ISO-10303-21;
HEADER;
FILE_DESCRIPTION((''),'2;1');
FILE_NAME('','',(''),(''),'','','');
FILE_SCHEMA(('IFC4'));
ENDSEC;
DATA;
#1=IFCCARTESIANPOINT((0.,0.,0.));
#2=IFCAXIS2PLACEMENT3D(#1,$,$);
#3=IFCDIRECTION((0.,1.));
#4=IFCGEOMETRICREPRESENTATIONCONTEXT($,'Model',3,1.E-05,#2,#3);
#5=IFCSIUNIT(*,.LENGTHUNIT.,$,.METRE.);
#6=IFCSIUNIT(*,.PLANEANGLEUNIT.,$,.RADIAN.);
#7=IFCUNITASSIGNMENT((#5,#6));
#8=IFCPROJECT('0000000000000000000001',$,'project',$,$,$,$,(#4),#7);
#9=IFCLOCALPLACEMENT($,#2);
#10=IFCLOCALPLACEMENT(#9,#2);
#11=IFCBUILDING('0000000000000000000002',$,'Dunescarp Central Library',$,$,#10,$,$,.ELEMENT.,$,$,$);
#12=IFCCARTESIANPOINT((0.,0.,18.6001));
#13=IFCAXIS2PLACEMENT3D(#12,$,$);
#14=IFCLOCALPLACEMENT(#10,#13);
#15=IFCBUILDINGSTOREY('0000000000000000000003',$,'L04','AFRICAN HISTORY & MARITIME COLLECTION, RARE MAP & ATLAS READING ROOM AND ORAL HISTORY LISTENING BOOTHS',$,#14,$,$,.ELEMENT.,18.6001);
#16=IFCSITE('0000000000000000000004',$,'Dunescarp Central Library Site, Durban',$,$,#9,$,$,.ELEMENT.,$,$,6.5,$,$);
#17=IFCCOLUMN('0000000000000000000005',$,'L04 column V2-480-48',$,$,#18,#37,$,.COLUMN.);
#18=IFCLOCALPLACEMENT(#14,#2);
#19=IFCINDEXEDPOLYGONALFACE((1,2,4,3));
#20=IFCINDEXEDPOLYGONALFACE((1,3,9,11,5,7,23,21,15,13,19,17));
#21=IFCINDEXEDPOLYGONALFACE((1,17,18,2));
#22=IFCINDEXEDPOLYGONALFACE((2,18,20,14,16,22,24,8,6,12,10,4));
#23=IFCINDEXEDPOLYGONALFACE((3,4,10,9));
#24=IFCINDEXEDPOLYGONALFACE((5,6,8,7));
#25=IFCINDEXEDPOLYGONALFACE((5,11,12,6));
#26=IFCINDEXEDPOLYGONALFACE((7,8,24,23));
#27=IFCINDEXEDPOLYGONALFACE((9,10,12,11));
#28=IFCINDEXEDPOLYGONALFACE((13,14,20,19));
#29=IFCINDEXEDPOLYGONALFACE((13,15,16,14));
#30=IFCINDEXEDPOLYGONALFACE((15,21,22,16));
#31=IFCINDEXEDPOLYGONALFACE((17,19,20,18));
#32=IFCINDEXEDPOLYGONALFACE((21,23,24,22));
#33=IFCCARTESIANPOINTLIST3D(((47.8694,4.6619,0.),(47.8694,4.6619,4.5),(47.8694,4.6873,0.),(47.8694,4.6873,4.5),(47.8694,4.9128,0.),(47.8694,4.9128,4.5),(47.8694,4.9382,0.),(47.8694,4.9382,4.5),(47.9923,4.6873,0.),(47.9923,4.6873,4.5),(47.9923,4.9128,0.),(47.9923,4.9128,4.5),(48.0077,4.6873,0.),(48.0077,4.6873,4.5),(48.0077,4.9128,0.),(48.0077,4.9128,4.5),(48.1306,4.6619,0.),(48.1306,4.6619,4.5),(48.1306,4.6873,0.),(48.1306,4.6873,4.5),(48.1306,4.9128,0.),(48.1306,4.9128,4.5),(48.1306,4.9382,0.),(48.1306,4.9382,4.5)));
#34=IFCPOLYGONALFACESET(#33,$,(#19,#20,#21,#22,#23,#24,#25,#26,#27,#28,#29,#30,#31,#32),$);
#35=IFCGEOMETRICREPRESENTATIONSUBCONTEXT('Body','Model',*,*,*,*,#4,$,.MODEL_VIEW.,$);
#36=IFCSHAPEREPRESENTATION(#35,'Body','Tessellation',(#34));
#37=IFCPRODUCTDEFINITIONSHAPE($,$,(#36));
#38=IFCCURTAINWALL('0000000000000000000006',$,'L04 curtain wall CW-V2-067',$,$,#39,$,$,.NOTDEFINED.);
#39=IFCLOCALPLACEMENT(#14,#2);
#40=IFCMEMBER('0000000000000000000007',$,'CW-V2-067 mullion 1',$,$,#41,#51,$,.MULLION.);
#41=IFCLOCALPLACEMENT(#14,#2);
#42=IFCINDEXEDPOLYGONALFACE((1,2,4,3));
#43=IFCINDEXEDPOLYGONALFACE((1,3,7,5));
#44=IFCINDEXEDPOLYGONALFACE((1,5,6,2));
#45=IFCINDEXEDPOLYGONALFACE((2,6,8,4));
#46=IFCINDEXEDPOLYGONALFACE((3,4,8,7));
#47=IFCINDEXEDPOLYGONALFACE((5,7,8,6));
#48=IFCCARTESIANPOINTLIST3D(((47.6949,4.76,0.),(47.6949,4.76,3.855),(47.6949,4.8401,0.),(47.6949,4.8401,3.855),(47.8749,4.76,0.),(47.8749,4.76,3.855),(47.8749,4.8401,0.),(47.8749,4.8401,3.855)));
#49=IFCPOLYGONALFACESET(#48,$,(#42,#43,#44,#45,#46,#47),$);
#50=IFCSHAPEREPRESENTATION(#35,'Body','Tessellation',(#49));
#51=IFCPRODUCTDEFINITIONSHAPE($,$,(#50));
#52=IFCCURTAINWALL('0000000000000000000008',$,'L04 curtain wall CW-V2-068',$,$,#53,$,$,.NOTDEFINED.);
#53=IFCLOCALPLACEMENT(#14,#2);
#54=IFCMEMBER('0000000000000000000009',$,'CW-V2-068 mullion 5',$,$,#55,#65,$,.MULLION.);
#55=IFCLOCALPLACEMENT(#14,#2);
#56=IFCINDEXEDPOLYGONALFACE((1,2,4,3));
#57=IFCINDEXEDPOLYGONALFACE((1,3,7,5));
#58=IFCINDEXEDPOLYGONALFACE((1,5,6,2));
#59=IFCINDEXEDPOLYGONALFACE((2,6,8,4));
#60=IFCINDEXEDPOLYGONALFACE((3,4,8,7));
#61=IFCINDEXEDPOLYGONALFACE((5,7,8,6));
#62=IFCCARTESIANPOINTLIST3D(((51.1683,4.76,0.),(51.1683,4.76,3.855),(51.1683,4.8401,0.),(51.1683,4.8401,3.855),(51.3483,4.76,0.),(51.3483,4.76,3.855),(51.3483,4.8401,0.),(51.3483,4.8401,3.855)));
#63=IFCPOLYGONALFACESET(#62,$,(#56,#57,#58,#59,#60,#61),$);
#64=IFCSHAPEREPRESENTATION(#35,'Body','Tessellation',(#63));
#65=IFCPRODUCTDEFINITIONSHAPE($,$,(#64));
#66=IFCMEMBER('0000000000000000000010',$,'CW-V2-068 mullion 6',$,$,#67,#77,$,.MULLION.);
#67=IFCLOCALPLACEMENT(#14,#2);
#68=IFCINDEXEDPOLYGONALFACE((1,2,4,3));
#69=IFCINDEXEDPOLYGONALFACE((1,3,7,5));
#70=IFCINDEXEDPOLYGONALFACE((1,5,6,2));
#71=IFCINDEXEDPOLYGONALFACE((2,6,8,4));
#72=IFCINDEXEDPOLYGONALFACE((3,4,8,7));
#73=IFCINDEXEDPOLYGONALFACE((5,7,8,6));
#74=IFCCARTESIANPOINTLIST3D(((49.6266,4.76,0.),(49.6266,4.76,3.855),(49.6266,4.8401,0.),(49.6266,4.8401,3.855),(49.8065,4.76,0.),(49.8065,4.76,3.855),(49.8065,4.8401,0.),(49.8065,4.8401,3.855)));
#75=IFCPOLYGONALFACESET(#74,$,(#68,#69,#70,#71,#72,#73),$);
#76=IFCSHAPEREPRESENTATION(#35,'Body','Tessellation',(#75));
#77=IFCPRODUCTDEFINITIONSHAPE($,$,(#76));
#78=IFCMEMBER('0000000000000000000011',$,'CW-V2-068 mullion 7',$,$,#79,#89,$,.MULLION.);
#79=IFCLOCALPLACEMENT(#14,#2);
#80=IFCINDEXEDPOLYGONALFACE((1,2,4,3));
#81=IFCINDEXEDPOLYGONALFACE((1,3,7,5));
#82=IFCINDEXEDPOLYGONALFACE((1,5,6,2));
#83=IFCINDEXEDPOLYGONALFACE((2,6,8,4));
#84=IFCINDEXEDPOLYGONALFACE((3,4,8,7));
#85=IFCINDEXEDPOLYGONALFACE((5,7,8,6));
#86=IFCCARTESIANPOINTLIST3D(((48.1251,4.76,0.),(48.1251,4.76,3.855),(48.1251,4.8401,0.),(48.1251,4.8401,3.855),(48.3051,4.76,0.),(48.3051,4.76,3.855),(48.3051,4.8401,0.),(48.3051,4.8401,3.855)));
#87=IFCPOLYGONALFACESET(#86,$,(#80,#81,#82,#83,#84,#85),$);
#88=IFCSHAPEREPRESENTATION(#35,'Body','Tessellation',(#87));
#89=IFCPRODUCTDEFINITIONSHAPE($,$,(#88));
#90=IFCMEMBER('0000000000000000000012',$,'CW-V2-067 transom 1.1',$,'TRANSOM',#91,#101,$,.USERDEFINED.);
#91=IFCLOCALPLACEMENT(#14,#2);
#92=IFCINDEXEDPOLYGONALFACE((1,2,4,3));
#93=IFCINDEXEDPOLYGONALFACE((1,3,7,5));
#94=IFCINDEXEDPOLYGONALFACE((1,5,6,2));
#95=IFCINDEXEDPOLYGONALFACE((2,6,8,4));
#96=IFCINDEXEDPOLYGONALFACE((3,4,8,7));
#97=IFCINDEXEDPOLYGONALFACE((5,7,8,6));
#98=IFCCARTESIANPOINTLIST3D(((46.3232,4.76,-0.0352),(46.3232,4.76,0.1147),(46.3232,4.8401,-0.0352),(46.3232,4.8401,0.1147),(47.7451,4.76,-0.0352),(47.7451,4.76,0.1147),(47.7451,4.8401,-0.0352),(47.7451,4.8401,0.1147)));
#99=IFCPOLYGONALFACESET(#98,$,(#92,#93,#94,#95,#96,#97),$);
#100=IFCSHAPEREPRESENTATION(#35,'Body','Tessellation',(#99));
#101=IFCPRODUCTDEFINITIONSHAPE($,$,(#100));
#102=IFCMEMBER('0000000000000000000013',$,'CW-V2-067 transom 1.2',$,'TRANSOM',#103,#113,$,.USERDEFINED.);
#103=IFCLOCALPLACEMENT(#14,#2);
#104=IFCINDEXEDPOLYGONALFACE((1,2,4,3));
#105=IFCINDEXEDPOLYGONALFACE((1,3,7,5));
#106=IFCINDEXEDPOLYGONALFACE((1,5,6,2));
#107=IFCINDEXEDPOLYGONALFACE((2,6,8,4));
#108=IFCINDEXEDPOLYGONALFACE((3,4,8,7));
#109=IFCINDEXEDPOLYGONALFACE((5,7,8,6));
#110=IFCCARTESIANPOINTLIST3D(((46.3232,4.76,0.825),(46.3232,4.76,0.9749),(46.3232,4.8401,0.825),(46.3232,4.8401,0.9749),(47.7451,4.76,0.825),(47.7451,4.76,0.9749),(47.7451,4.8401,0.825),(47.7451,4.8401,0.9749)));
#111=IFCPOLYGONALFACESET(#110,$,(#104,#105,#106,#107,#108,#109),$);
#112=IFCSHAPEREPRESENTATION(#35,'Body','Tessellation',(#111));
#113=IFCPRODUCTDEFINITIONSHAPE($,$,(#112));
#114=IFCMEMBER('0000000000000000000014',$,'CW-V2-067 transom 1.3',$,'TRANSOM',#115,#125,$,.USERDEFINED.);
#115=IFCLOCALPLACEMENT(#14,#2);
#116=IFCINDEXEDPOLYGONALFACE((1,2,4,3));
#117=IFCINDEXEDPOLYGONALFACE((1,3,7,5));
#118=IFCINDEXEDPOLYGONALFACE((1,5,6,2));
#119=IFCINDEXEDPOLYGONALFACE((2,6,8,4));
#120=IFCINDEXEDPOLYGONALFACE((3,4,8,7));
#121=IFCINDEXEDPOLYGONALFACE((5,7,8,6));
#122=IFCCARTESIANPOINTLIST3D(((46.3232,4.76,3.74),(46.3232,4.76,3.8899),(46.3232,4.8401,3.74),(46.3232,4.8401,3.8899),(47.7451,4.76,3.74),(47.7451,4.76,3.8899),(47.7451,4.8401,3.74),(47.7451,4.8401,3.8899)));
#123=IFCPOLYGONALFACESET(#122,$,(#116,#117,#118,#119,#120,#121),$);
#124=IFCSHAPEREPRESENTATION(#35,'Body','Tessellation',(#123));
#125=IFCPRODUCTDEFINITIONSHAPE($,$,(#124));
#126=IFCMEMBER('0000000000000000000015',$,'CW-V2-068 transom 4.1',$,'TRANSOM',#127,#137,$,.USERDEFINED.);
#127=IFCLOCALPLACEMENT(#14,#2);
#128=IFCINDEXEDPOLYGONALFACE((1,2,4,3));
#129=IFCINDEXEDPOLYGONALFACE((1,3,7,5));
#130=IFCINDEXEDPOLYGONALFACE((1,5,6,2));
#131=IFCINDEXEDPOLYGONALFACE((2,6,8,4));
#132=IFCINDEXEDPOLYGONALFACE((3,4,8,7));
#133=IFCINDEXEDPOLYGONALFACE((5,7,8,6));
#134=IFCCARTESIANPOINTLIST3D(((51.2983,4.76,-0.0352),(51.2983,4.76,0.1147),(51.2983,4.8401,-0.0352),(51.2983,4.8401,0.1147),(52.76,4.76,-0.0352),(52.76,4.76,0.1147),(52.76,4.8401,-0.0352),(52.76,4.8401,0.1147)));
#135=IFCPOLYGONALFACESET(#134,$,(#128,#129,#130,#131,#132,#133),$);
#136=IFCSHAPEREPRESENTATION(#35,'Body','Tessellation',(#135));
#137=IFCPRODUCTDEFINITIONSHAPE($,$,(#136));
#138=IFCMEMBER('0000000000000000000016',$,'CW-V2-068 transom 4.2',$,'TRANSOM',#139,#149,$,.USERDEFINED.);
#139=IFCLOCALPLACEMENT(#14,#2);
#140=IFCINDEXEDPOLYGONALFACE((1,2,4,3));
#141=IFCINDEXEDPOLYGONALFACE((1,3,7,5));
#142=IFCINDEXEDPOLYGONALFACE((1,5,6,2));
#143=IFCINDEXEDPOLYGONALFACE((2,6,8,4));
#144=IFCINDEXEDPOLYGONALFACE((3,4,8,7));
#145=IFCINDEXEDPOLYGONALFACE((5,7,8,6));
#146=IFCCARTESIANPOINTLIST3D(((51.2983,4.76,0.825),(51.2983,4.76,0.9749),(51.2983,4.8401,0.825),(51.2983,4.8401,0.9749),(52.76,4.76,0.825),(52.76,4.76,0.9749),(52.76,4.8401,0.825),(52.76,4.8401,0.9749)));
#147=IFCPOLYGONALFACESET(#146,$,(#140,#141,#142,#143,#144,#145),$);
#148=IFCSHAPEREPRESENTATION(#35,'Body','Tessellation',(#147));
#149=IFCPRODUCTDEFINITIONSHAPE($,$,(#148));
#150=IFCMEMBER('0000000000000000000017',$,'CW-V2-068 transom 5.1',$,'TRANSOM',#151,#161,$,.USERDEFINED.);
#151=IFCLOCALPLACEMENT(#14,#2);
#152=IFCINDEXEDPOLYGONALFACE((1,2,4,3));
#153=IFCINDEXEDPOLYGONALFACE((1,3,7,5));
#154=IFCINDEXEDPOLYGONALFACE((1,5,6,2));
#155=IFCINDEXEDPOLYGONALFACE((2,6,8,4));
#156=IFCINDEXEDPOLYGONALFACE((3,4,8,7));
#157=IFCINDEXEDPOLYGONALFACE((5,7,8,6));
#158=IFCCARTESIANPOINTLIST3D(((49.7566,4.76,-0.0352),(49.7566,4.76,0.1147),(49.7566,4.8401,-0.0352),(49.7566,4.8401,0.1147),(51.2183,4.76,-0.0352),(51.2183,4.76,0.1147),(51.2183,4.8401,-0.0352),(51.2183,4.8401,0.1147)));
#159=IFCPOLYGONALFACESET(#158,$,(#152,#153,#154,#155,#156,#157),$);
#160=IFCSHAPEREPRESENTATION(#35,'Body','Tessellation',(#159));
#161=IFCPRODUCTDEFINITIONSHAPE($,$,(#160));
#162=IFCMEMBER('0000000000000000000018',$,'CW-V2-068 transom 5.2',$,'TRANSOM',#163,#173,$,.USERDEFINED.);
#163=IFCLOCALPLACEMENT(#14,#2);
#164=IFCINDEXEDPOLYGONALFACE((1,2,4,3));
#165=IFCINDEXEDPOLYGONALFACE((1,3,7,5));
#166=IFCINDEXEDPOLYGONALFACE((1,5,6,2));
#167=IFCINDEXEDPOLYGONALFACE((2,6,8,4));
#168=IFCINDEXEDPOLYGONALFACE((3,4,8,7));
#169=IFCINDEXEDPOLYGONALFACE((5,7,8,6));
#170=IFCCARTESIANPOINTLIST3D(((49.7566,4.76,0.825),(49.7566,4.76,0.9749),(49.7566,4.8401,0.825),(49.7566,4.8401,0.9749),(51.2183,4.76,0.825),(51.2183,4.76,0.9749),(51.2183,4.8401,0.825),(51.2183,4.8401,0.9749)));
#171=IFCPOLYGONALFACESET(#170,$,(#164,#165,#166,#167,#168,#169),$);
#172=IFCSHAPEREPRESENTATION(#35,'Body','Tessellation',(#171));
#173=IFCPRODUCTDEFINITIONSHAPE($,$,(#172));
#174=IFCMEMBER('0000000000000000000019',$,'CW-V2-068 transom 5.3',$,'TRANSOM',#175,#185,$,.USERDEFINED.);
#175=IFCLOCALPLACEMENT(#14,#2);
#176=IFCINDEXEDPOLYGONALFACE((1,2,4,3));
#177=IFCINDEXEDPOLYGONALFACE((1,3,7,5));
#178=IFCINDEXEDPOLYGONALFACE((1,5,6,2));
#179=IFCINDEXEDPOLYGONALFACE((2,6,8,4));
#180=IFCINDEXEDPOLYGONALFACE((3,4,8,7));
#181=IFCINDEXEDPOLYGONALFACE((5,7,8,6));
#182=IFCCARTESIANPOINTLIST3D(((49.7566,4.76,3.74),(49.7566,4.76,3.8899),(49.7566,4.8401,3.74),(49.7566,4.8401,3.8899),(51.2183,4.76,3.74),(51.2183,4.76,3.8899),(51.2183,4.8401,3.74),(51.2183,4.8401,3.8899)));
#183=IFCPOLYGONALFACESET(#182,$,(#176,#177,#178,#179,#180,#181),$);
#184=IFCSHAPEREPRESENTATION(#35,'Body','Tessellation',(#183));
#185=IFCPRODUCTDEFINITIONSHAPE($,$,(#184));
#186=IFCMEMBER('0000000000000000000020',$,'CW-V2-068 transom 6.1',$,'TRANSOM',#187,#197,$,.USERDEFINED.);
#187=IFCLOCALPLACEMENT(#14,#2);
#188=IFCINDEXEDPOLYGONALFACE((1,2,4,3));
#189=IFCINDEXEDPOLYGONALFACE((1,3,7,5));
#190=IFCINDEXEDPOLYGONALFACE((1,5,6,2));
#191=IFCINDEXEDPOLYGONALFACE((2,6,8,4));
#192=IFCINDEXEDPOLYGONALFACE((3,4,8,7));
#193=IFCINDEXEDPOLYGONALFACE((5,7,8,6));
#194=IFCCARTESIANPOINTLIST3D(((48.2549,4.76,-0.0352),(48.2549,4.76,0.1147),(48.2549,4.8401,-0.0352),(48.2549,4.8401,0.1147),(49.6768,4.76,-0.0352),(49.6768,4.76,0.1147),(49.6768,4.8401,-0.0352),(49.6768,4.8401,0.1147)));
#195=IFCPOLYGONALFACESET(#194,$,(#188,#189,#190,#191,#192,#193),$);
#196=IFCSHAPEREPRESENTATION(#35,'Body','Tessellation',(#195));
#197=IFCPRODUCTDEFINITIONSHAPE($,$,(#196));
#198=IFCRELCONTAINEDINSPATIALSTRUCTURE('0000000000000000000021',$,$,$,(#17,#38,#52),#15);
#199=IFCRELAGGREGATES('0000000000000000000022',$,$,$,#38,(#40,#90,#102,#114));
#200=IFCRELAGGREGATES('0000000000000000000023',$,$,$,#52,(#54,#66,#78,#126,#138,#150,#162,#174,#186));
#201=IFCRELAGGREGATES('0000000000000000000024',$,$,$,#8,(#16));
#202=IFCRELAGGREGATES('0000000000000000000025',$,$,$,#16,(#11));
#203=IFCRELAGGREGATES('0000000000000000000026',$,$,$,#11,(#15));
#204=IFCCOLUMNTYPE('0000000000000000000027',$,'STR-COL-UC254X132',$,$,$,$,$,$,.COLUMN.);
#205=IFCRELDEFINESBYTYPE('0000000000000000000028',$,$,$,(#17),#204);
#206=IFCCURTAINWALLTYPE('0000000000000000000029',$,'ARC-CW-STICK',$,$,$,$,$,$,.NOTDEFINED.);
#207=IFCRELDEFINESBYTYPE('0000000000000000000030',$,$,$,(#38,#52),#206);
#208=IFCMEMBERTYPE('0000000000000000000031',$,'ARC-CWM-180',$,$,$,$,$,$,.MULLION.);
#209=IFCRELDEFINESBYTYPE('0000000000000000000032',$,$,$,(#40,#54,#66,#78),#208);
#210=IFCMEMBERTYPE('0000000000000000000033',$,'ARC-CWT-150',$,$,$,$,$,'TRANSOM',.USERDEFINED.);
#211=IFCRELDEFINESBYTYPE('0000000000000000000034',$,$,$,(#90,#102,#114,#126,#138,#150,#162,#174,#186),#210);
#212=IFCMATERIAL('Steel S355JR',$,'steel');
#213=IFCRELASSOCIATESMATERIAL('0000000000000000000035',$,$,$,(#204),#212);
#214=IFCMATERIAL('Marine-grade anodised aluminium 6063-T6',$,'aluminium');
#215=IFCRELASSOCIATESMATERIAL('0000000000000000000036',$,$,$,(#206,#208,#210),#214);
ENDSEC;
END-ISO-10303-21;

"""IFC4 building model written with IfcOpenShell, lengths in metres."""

from ifc_helpers import new_model, si_unit, direction, frame, origin, origin_2d, place, context, subcontext, project, spatial, rectangle, i_section, extrude, material, material_profile, profile_set, type_object, element, aggregate, save


model = new_model("IFC4")

# Units and contexts
model_context = context("Model", 3, precision=1e-05, world=origin(), true_north=direction((0.0, 1.0)))
body_context = subcontext(model_context, "Body", "Model", "MODEL_VIEW")
ifc_project = project(units=[si_unit("LENGTHUNIT", "METRE"), si_unit("PLANEANGLEUNIT", "RADIAN")], contexts=[model_context])

# Site, building, storey
site_placement = place(None, origin())
site = spatial("IfcSite", under=ifc_project, at=site_placement, Name="Dunescarp Central Library Site, Durban", CompositionType="ELEMENT", RefElevation=6.5)
building_placement = place(site_placement, origin())
building = spatial("IfcBuilding", under=site, at=building_placement, Name="Dunescarp Central Library", CompositionType="ELEMENT")
storey_placement = place(building_placement, frame((0.0, 0.0, 18.6001)))
storey = spatial("IfcBuildingStorey", under=building, at=storey_placement, Name="L04", Description="AFRICAN HISTORY & MARITIME COLLECTION, RARE MAP & ATLAS READING ROOM AND ORAL HISTORY LISTENING BOOTHS", CompositionType="ELEMENT", Elevation=18.6001)

# Column
ifc_material_1 = material(Name="Steel S355JR", Category="steel")
ifc_material_profile_1 = material_profile(ifc_material_1, i_section(OverallWidth=0.2612, OverallDepth=0.2764, WebThickness=0.0154, FlangeThickness=0.0254, at=origin_2d()), Name="UC 254x254x132")
ifc_profile_set_1 = profile_set([ifc_material_profile_1], Name="Steel S355JR")
column_type = type_object("IfcColumnType", Name="STR-COL-UC254X132", PredefinedType="COLUMN", material=ifc_profile_set_1)
column_placement = place(storey_placement, frame((48.0, 4.8, 0.0), z_axis=(0.0, 0.0, 1.0), x_axis=(1.0, 0.0, 0.0)))
element("IfcColumn", 1, at=column_placement, inside=storey, type_object=column_type, Name="L04 column V2-480-48", PredefinedType="COLUMN", context=body_context, shape_type="SweptSolid", body=[
    extrude(i_section(OverallWidth=0.2612, OverallDepth=0.2764, WebThickness=0.0154, FlangeThickness=0.0254, at=origin_2d()), origin(), (0.0, 0.0, 1.0), 4.5),
])

# Curtain wall, member
ifc_material_2 = material(Name="Marine-grade anodised aluminium 6063-T6", Category="aluminium")
curtain_wall_type = type_object("IfcCurtainWallType", Name="ARC-CW-STICK", PredefinedType="NOTDEFINED", material=ifc_material_2)
curtain_wall_1_placement = place(storey_placement, origin())
curtain_wall_1 = element("IfcCurtainWall", 2, at=curtain_wall_1_placement, inside=storey, type_object=curtain_wall_type, Name="L04 curtain wall CW-V2-067", PredefinedType="NOTDEFINED")
ifc_material_profile_2 = material_profile(ifc_material_2, rectangle(XDim=0.0801, YDim=0.1799, at=origin_2d()), Name="AL 80x180")
ifc_profile_set_2 = profile_set([ifc_material_profile_2], Name="Marine-grade anodised aluminium 6063-T6")
member_type_1 = type_object("IfcMemberType", Name="ARC-CWM-180", PredefinedType="MULLION", material=ifc_profile_set_2)
member_1_placement = place(storey_placement, frame((47.7849, 4.8, 0.0), z_axis=(0.0, 0.0, 1.0), x_axis=(0.0, -1.0, 0.0)))
member_1 = element("IfcMember", 3, at=member_1_placement, type_object=member_type_1, Name="CW-V2-067 mullion 1", PredefinedType="MULLION", context=body_context, shape_type="SweptSolid", body=[
    extrude(rectangle(XDim=0.0801, YDim=0.1799, at=origin_2d()), origin(), (0.0, 0.0, 1.0), 3.855),
])

# Curtain wall, members
curtain_wall_2_placement = place(storey_placement, origin())
curtain_wall_2 = element("IfcCurtainWall", 4, at=curtain_wall_2_placement, inside=storey, type_object=curtain_wall_type, Name="L04 curtain wall CW-V2-068", PredefinedType="NOTDEFINED")
member_2_placement = place(storey_placement, frame((51.2583, 4.8, 0.0), z_axis=(0.0, 0.0, 1.0), x_axis=(0.0, -1.0, 0.0)))
member_2 = element("IfcMember", 5, at=member_2_placement, type_object=member_type_1, Name="CW-V2-068 mullion 5", PredefinedType="MULLION", context=body_context, shape_type="SweptSolid", body=[
    extrude(rectangle(XDim=0.0801, YDim=0.1799, at=origin_2d()), origin(), (0.0, 0.0, 1.0), 3.855),
])
member_3_placement = place(storey_placement, frame((49.7166, 4.8, 0.0), z_axis=(0.0, 0.0, 1.0), x_axis=(0.0, -1.0, 0.0)))
member_3 = element("IfcMember", 6, at=member_3_placement, type_object=member_type_1, Name="CW-V2-068 mullion 6", PredefinedType="MULLION", context=body_context, shape_type="SweptSolid", body=[
    extrude(rectangle(XDim=0.0801, YDim=0.1799, at=origin_2d()), origin(), (0.0, 0.0, 1.0), 3.855),
])
member_4_placement = place(storey_placement, frame((48.2151, 4.8, 0.0), z_axis=(0.0, 0.0, 1.0), x_axis=(0.0, -1.0, 0.0)))
member_4 = element("IfcMember", 7, at=member_4_placement, type_object=member_type_1, Name="CW-V2-068 mullion 7", PredefinedType="MULLION", context=body_context, shape_type="SweptSolid", body=[
    extrude(rectangle(XDim=0.0801, YDim=0.1799, at=origin_2d()), origin(), (0.0, 0.0, 1.0), 3.855),
])

# Members
ifc_material_profile_3 = material_profile(ifc_material_2, rectangle(XDim=0.0801, YDim=0.1499, at=origin_2d()), Name="AL 80x150")
ifc_profile_set_3 = profile_set([ifc_material_profile_3], Name="Marine-grade anodised aluminium 6063-T6")
member_type_2 = type_object("IfcMemberType", Name="ARC-CWT-150", ElementType="TRANSOM", PredefinedType="USERDEFINED", material=ifc_profile_set_3)
member_5_placement = place(storey_placement, frame((47.7451, 4.8, 0.0398), z_axis=(-1.0, 0.0, 0.0), x_axis=(0.0, -1.0, 0.0)))
member_5 = element("IfcMember", 8, at=member_5_placement, type_object=member_type_2, Name="CW-V2-067 transom 1.1", ObjectType="TRANSOM", PredefinedType="USERDEFINED", context=body_context, shape_type="SweptSolid", body=[
    extrude(rectangle(XDim=0.0801, YDim=0.1499, at=origin_2d()), origin(), (0.0, 0.0, 1.0), 1.4219),
])
member_6_placement = place(storey_placement, frame((47.7451, 4.8, 0.8999), z_axis=(-1.0, 0.0, 0.0), x_axis=(0.0, -1.0, 0.0)))
member_6 = element("IfcMember", 9, at=member_6_placement, type_object=member_type_2, Name="CW-V2-067 transom 1.2", ObjectType="TRANSOM", PredefinedType="USERDEFINED", context=body_context, shape_type="SweptSolid", body=[
    extrude(rectangle(XDim=0.0801, YDim=0.1499, at=origin_2d()), origin(), (0.0, 0.0, 1.0), 1.4219),
])
member_7_placement = place(storey_placement, frame((47.7451, 4.8, 3.8149), z_axis=(-1.0, 0.0, 0.0), x_axis=(0.0, -1.0, 0.0)))
member_7 = element("IfcMember", 10, at=member_7_placement, type_object=member_type_2, Name="CW-V2-067 transom 1.3", ObjectType="TRANSOM", PredefinedType="USERDEFINED", context=body_context, shape_type="SweptSolid", body=[
    extrude(rectangle(XDim=0.0801, YDim=0.1499, at=origin_2d()), origin(), (0.0, 0.0, 1.0), 1.4219),
])
member_8_placement = place(storey_placement, frame((52.76, 4.8, 0.0398), z_axis=(-1.0, 0.0, 0.0), x_axis=(0.0, -1.0, 0.0)))
member_8 = element("IfcMember", 11, at=member_8_placement, type_object=member_type_2, Name="CW-V2-068 transom 4.1", ObjectType="TRANSOM", PredefinedType="USERDEFINED", context=body_context, shape_type="SweptSolid", body=[
    extrude(rectangle(XDim=0.0801, YDim=0.1499, at=origin_2d()), origin(), (0.0, 0.0, 1.0), 1.4617),
])
member_9_placement = place(storey_placement, frame((52.76, 4.8, 0.8999), z_axis=(-1.0, 0.0, 0.0), x_axis=(0.0, -1.0, 0.0)))
member_9 = element("IfcMember", 12, at=member_9_placement, type_object=member_type_2, Name="CW-V2-068 transom 4.2", ObjectType="TRANSOM", PredefinedType="USERDEFINED", context=body_context, shape_type="SweptSolid", body=[
    extrude(rectangle(XDim=0.0801, YDim=0.1499, at=origin_2d()), origin(), (0.0, 0.0, 1.0), 1.4617),
])
member_10_placement = place(storey_placement, frame((51.2183, 4.8, 0.0398), z_axis=(-1.0, 0.0, 0.0), x_axis=(0.0, -1.0, 0.0)))
member_10 = element("IfcMember", 13, at=member_10_placement, type_object=member_type_2, Name="CW-V2-068 transom 5.1", ObjectType="TRANSOM", PredefinedType="USERDEFINED", context=body_context, shape_type="SweptSolid", body=[
    extrude(rectangle(XDim=0.0801, YDim=0.1499, at=origin_2d()), origin(), (0.0, 0.0, 1.0), 1.4617),
])
member_11_placement = place(storey_placement, frame((51.2183, 4.8, 0.8999), z_axis=(-1.0, 0.0, 0.0), x_axis=(0.0, -1.0, 0.0)))
member_11 = element("IfcMember", 14, at=member_11_placement, type_object=member_type_2, Name="CW-V2-068 transom 5.2", ObjectType="TRANSOM", PredefinedType="USERDEFINED", context=body_context, shape_type="SweptSolid", body=[
    extrude(rectangle(XDim=0.0801, YDim=0.1499, at=origin_2d()), origin(), (0.0, 0.0, 1.0), 1.4617),
])
member_12_placement = place(storey_placement, frame((51.2183, 4.8, 3.8149), z_axis=(-1.0, 0.0, 0.0), x_axis=(0.0, -1.0, 0.0)))
member_12 = element("IfcMember", 15, at=member_12_placement, type_object=member_type_2, Name="CW-V2-068 transom 5.3", ObjectType="TRANSOM", PredefinedType="USERDEFINED", context=body_context, shape_type="SweptSolid", body=[
    extrude(rectangle(XDim=0.0801, YDim=0.1499, at=origin_2d()), origin(), (0.0, 0.0, 1.0), 1.4617),
])
member_13_placement = place(storey_placement, frame((49.6768, 4.8, 0.0398), z_axis=(-1.0, 0.0, 0.0), x_axis=(0.0, -1.0, 0.0)))
member_13 = element("IfcMember", 16, at=member_13_placement, type_object=member_type_2, Name="CW-V2-068 transom 6.1", ObjectType="TRANSOM", PredefinedType="USERDEFINED", context=body_context, shape_type="SweptSolid", body=[
    extrude(rectangle(XDim=0.0801, YDim=0.1499, at=origin_2d()), origin(), (0.0, 0.0, 1.0), 1.4219),
])

aggregate(curtain_wall_1, [member_1, member_5, member_6, member_7])
aggregate(curtain_wall_2, [member_2, member_3, member_4, member_8, member_9, member_10, member_11, member_12, member_13])

save(model, "model.ifc")
